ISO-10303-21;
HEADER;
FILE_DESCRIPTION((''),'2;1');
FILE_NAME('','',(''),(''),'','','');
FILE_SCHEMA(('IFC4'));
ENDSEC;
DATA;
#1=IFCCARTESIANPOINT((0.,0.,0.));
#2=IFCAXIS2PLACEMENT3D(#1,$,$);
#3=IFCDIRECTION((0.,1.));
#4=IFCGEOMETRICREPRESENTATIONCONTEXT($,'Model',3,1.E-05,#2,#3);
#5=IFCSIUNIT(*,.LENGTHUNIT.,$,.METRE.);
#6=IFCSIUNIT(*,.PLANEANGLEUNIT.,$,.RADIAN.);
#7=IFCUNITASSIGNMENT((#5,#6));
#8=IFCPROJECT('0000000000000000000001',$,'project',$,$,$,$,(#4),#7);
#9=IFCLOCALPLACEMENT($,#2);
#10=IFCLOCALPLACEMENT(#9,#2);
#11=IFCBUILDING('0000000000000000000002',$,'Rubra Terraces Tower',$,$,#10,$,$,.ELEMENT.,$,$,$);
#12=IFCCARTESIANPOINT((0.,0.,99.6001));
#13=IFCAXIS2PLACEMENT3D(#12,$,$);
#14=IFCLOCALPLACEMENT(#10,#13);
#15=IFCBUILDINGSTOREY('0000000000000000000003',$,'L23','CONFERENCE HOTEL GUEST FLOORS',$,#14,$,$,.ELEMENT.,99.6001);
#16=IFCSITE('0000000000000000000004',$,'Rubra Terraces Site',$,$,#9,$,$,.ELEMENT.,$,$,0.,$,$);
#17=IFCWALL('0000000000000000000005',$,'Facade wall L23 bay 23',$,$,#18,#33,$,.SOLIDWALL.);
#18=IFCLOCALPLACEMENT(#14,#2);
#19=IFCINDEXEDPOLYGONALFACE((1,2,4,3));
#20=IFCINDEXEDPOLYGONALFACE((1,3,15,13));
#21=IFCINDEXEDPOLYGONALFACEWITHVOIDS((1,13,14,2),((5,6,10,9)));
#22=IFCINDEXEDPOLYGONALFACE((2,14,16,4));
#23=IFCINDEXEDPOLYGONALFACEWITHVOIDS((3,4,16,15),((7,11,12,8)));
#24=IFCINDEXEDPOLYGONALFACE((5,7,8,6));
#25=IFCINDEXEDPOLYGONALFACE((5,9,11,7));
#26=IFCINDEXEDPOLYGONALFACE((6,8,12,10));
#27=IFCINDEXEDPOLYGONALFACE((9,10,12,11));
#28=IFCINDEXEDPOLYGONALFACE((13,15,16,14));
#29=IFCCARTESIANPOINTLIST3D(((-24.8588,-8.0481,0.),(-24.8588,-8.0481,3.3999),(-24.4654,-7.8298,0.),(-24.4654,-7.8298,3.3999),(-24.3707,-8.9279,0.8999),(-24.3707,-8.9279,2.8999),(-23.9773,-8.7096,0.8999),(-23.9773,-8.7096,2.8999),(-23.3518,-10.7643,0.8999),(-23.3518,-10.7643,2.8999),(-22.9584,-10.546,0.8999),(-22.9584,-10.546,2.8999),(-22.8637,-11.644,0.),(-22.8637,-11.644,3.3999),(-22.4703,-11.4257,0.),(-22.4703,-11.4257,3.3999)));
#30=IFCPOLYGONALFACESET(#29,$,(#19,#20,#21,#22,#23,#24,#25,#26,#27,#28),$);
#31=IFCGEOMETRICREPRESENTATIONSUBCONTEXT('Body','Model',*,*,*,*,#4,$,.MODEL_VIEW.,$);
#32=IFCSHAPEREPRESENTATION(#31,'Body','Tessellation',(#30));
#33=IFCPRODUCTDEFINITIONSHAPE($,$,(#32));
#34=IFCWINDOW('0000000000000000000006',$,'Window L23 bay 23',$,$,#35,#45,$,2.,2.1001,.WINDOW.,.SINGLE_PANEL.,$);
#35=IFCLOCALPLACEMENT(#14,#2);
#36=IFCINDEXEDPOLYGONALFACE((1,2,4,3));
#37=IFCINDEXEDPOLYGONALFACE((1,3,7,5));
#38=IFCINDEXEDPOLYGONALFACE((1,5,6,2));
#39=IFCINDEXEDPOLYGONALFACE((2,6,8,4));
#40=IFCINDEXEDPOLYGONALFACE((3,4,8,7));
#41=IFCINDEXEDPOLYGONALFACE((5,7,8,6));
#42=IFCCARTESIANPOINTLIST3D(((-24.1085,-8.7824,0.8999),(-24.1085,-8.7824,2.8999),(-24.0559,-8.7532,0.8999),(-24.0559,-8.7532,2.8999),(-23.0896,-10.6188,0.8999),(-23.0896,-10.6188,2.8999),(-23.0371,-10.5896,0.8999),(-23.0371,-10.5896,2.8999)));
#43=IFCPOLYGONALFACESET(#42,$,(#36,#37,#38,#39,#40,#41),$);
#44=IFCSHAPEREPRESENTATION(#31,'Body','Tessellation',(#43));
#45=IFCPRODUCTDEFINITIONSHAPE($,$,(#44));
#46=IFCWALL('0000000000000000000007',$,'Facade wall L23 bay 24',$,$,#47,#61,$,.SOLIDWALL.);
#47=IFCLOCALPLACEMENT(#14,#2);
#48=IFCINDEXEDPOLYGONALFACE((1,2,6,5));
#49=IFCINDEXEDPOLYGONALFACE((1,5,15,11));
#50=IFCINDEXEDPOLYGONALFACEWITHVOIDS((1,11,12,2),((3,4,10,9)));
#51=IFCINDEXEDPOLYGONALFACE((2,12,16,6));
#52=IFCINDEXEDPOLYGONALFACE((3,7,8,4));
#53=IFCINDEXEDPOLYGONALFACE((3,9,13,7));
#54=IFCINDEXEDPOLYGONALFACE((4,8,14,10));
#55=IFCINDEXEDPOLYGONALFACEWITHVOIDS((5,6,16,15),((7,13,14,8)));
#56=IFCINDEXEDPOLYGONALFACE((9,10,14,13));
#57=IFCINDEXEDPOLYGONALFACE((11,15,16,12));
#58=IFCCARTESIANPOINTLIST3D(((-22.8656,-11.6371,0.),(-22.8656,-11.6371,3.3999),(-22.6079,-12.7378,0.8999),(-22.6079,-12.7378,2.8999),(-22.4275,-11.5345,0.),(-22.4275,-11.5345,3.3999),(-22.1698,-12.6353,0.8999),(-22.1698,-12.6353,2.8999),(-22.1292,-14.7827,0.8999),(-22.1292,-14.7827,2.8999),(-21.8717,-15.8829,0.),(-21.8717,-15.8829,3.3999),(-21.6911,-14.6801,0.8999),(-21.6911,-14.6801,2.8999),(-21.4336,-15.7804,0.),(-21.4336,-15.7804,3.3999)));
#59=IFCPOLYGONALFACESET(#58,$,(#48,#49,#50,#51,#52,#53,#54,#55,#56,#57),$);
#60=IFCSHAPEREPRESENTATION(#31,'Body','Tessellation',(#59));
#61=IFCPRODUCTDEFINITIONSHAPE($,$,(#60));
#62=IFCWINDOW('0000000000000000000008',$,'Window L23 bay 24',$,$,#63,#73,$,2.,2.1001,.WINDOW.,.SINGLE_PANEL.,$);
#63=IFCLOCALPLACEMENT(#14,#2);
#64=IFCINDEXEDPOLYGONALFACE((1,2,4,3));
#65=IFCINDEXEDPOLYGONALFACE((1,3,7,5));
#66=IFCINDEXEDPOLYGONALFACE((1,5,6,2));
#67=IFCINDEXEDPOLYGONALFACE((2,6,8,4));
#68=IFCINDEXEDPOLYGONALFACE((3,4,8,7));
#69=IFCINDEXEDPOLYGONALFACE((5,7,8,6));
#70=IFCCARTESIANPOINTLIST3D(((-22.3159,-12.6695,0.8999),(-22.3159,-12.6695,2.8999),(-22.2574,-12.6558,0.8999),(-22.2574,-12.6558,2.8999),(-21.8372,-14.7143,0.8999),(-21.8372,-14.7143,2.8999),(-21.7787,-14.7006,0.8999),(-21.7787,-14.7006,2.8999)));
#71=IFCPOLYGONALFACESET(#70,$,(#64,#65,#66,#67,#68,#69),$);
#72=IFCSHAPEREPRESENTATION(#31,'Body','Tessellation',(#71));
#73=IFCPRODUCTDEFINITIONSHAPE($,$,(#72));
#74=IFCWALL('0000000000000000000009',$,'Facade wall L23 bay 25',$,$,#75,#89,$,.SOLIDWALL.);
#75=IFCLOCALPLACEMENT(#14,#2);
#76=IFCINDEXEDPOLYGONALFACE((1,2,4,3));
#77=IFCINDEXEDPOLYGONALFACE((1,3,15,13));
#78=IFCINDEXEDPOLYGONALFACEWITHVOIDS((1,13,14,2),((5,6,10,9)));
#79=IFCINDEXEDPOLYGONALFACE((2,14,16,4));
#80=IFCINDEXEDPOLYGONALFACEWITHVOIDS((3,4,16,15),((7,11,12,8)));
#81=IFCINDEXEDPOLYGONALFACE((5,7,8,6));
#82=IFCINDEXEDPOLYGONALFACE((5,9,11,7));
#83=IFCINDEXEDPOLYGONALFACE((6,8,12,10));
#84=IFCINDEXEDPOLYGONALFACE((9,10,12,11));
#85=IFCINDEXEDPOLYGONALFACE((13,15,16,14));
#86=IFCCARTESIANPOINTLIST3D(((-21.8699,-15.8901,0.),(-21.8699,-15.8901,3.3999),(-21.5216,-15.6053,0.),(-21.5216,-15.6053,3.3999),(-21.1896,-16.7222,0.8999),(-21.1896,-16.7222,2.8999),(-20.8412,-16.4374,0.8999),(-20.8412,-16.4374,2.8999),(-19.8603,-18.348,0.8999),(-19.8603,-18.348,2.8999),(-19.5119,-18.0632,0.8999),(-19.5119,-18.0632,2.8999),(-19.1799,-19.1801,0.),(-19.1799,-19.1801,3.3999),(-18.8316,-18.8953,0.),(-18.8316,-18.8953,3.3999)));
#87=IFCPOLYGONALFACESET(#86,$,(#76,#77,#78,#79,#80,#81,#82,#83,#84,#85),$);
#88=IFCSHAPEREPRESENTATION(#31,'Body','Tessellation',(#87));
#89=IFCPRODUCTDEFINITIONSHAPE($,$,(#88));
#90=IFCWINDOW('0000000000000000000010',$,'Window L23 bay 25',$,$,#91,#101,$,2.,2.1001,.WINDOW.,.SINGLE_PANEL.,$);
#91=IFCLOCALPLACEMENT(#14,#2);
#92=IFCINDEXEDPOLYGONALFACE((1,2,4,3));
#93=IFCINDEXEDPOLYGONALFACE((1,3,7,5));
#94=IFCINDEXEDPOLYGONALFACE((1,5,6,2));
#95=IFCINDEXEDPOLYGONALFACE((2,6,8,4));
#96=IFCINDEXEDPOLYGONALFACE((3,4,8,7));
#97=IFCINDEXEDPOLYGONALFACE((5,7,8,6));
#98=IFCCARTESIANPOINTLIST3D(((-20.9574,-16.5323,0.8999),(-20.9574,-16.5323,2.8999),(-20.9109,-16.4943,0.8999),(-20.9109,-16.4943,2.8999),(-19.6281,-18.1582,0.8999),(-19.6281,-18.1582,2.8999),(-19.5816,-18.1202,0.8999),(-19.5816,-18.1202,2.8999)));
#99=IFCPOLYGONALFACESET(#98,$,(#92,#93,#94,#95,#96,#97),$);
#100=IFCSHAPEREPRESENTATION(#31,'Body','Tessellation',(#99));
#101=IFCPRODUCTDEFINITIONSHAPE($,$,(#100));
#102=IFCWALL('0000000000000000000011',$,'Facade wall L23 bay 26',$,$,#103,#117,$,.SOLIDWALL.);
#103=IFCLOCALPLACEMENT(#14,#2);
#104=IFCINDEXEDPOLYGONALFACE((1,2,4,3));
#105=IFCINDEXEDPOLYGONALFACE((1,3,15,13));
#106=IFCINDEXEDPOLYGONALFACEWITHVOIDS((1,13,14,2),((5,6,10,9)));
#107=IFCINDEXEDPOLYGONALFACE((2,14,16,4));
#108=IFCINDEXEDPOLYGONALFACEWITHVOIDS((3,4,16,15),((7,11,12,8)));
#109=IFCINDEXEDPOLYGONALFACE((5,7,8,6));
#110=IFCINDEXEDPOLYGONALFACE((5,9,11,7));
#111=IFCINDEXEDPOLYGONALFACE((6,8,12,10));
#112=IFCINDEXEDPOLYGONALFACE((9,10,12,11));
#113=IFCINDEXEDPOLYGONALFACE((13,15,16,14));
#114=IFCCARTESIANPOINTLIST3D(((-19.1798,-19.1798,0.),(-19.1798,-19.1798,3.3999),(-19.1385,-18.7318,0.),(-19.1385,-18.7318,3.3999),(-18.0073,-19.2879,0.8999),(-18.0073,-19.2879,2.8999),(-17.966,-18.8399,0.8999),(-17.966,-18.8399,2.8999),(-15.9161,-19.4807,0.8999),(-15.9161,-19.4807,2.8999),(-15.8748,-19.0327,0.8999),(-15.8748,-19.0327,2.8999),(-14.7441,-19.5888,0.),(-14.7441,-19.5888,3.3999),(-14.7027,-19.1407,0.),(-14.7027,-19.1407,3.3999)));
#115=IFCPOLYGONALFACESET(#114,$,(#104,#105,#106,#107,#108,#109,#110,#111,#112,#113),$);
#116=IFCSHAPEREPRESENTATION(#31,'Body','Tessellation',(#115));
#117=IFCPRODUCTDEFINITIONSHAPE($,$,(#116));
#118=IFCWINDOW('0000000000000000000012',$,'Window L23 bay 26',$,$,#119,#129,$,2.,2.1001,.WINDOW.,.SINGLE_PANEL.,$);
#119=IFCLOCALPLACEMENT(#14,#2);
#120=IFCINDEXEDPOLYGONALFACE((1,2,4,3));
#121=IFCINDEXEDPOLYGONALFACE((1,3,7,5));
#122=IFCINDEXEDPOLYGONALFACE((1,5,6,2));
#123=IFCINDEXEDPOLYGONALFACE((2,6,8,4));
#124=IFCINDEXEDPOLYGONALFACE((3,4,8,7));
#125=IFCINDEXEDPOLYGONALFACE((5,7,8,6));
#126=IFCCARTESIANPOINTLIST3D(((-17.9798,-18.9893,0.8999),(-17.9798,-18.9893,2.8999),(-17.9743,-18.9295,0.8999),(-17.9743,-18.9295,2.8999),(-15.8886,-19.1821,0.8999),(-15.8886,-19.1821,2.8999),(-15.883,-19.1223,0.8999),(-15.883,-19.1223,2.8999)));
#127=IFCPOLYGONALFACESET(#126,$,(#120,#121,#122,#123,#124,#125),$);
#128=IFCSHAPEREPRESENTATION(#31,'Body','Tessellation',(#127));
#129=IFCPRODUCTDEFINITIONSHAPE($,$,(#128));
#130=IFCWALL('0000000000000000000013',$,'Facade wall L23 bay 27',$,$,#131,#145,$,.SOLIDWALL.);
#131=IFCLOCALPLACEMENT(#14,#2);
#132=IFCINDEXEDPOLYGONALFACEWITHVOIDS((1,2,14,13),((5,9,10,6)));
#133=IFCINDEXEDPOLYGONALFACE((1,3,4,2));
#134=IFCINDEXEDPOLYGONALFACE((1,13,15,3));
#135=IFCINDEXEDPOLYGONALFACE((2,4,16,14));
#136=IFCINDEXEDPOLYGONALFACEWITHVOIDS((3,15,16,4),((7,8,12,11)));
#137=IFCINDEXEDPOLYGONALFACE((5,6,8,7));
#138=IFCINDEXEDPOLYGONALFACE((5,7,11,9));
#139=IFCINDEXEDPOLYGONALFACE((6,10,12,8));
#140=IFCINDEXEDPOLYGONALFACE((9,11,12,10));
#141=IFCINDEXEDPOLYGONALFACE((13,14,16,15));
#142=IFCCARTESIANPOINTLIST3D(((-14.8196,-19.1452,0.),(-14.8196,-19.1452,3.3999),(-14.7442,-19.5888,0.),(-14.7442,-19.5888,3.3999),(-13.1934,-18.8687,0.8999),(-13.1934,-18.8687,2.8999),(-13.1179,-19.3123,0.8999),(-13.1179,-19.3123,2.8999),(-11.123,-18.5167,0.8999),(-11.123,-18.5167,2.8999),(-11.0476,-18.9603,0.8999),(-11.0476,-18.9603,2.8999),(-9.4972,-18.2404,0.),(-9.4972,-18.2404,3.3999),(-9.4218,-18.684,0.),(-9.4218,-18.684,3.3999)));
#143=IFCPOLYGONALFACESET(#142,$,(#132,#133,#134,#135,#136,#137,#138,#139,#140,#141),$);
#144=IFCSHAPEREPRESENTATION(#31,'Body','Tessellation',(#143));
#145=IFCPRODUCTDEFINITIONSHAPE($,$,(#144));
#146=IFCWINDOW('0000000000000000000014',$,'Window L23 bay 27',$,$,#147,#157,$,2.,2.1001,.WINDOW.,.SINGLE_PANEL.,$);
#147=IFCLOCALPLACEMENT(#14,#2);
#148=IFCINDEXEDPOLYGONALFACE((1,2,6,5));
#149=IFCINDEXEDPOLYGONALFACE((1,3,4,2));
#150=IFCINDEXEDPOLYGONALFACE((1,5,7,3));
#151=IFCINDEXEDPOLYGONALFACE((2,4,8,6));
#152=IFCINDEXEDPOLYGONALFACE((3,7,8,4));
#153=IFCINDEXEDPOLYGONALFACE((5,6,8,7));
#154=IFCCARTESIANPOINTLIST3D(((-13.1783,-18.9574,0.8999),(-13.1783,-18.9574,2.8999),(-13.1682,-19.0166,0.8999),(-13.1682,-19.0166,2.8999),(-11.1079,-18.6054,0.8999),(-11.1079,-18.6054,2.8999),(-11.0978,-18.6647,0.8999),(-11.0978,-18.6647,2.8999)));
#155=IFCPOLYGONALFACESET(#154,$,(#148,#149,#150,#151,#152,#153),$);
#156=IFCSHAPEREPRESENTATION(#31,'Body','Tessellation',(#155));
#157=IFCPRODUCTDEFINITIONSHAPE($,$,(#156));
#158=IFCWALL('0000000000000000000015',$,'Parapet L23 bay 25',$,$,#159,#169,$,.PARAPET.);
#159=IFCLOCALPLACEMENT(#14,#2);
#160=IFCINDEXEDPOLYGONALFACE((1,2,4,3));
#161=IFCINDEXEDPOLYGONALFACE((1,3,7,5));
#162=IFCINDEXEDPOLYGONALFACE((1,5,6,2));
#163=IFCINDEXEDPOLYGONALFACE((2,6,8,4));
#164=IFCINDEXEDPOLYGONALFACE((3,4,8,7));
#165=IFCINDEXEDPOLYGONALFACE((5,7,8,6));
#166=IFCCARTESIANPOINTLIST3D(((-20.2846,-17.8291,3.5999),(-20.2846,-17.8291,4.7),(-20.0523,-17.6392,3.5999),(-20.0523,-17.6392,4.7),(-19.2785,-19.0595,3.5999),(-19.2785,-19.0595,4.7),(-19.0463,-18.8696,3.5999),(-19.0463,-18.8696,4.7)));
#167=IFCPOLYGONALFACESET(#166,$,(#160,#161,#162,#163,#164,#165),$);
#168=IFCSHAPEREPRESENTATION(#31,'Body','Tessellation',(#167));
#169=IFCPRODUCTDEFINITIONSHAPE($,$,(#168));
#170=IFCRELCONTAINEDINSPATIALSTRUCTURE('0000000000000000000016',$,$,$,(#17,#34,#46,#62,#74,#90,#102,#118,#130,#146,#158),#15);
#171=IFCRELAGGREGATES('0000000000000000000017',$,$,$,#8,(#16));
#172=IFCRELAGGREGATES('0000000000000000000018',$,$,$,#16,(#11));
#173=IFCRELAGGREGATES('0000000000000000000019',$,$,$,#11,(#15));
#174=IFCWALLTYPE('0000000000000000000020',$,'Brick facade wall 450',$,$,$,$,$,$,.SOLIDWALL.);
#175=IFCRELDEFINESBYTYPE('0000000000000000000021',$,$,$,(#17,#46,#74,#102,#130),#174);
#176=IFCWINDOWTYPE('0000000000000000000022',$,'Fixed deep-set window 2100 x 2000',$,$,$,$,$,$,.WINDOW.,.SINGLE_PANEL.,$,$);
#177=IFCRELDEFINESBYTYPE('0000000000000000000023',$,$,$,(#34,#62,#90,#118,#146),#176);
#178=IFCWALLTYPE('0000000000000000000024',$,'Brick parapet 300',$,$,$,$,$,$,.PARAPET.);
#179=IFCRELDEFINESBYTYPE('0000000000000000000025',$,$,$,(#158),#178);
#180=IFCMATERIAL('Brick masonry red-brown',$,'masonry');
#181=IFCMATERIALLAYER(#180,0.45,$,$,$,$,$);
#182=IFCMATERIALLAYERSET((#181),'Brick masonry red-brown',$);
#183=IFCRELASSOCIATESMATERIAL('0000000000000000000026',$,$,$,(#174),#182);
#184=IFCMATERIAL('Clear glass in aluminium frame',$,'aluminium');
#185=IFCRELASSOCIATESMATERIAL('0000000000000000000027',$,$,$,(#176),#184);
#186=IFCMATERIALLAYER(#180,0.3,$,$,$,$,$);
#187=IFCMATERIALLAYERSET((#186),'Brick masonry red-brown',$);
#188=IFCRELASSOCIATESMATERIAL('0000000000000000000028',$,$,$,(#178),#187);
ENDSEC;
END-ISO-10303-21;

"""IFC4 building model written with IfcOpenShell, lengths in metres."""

from ifc_helpers import new_model, si_unit, direction, frame, frame_2d, origin, place, context, subcontext, project, spatial, rectangle, extrude, material, layer, layer_set, type_object, element, fill, save


model = new_model("IFC4")

# Units and contexts
model_context = context("Model", 3, precision=1e-05, world=origin(), true_north=direction((0.0, 1.0)))
body_context = subcontext(model_context, "Body", "Model", "MODEL_VIEW")
ifc_project = project(units=[si_unit("LENGTHUNIT", "METRE"), si_unit("PLANEANGLEUNIT", "RADIAN")], contexts=[model_context])

# Site, building, storey
site_placement = place(None, origin())
site = spatial("IfcSite", under=ifc_project, at=site_placement, Name="Rubra Terraces Site", CompositionType="ELEMENT", RefElevation=0.0)
building_placement = place(site_placement, origin())
building = spatial("IfcBuilding", under=site, at=building_placement, Name="Rubra Terraces Tower", CompositionType="ELEMENT")
storey_placement = place(building_placement, frame((0.0, 0.0, 99.6001)))
storey = spatial("IfcBuildingStorey", under=building, at=storey_placement, Name="L23", Description="CONFERENCE HOTEL GUEST FLOORS", CompositionType="ELEMENT", Elevation=99.6001)

# Walls, openings, windows
ifc_material_1 = material(Name="Brick masonry red-brown", Category="masonry")
ifc_layer_1 = layer(ifc_material_1, 0.45)
ifc_layer_set_1 = layer_set([ifc_layer_1], Name="Brick masonry red-brown")
wall_type_1 = type_object("IfcWallType", Name="Brick facade wall 450", PredefinedType="SOLIDWALL", material=ifc_layer_set_1)
wall_1_placement = place(storey_placement, frame((-24.6621, -7.939, 0.0), z_axis=(0.0, 0.0, 1.0), x_axis=(0.485154, -0.874429, 0.0)))
wall_1 = element("IfcWall", 1, at=wall_1_placement, inside=storey, type_object=wall_type_1, Name="Facade wall L23 bay 23", PredefinedType="SOLIDWALL", context=body_context, shape_type="SweptSolid", body=[
    extrude(rectangle(XDim=4.1123, YDim=0.45, at=frame_2d((2.0562, 0.0))), origin(), (0.0, 0.0, 1.0), 3.3999),
])
opening_1_placement = place(wall_1_placement, frame((1.0061, 0.0, 0.8999)))
opening_1 = element("IfcOpeningElement", 2, at=opening_1_placement, cuts=wall_1, PredefinedType="OPENING", context=body_context, shape_type="SweptSolid", body=[
    extrude(rectangle(XDim=2.1001, YDim=2.0, at=frame_2d((1.05, 1.0))), frame((0.0, 0.2349, 0.0), z_axis=(0.0, -1.0, 0.0), x_axis=(1.0, 0.0, 0.0)), (0.0, 0.0, 1.0), 0.47),
])
ifc_material_2 = material(Name="Clear glass in aluminium frame", Category="aluminium")
window_type = type_object("IfcWindowType", Name="Fixed deep-set window 2100 x 2000", PartitioningType="SINGLE_PANEL", PredefinedType="WINDOW", material=ifc_material_2)
window_1_placement = place(opening_1_placement, origin())
window_1 = element("IfcWindow", 3, at=window_1_placement, inside=storey, type_object=window_type, Name="Window L23 bay 23", OverallHeight=2.0, OverallWidth=2.1001, PartitioningType="SINGLE_PANEL", PredefinedType="WINDOW", context=body_context, shape_type="SweptSolid", body=[
    extrude(rectangle(XDim=2.1001, YDim=2.0, at=frame_2d((1.05, 1.0))), frame((0.0, 0.135, 0.0), z_axis=(0.0, -1.0, 0.0), x_axis=(1.0, 0.0, 0.0)), (0.0, 0.0, 1.0), 0.0601),
])
fill(opening_1, window_1)
wall_2_placement = place(storey_placement, frame((-22.6465, -11.5859, 0.0), z_axis=(0.0, 0.0, 1.0), x_axis=(0.227925, -0.973679, 0.0)))
wall_2 = element("IfcWall", 4, at=wall_2_placement, inside=storey, type_object=wall_type_1, Name="Facade wall L23 bay 24", PredefinedType="SOLIDWALL", context=body_context, shape_type="SweptSolid", body=[
    extrude(rectangle(XDim=4.3606, YDim=0.45, at=frame_2d((2.1802, 0.0))), origin(), (0.0, 0.0, 1.0), 3.3999),
])
opening_2_placement = place(wall_2_placement, frame((1.1304, 0.0, 0.8999)))
opening_2 = element("IfcOpeningElement", 5, at=opening_2_placement, cuts=wall_2, PredefinedType="OPENING", context=body_context, shape_type="SweptSolid", body=[
    extrude(rectangle(XDim=2.1001, YDim=2.0, at=frame_2d((1.05, 1.0))), frame((0.0, 0.2349, 0.0), z_axis=(0.0, -1.0, 0.0), x_axis=(1.0, 0.0, 0.0)), (0.0, 0.0, 1.0), 0.47),
])
window_2_placement = place(opening_2_placement, origin())
window_2 = element("IfcWindow", 6, at=window_2_placement, inside=storey, type_object=window_type, Name="Window L23 bay 24", OverallHeight=2.0, OverallWidth=2.1001, PartitioningType="SINGLE_PANEL", PredefinedType="WINDOW", context=body_context, shape_type="SweptSolid", body=[
    extrude(rectangle(XDim=2.1001, YDim=2.0, at=frame_2d((1.05, 1.0))), frame((0.0, 0.135, 0.0), z_axis=(0.0, -1.0, 0.0), x_axis=(1.0, 0.0, 0.0)), (0.0, 0.0, 1.0), 0.0601),
])
fill(opening_2, window_2)
wall_3_placement = place(storey_placement, frame((-21.6958, -15.7476, 0.0), z_axis=(0.0, 0.0, 1.0), x_axis=(0.632969, -0.774177, 0.0)))
wall_3 = element("IfcWall", 7, at=wall_3_placement, inside=storey, type_object=wall_type_1, Name="Facade wall L23 bay 25", PredefinedType="SOLIDWALL", context=body_context, shape_type="SweptSolid", body=[
    extrude(rectangle(XDim=4.2498, YDim=0.45, at=frame_2d((2.125, 0.0))), origin(), (0.0, 0.0, 1.0), 3.3999),
])
opening_3_placement = place(wall_3_placement, frame((1.075, 0.0, 0.8999)))
opening_3 = element("IfcOpeningElement", 8, at=opening_3_placement, cuts=wall_3, PredefinedType="OPENING", context=body_context, shape_type="SweptSolid", body=[
    extrude(rectangle(XDim=2.1001, YDim=2.0, at=frame_2d((1.05, 1.0))), frame((0.0, 0.2349, 0.0), z_axis=(0.0, -1.0, 0.0), x_axis=(1.0, 0.0, 0.0)), (0.0, 0.0, 1.0), 0.47),
])
window_3_placement = place(opening_3_placement, origin())
window_3 = element("IfcWindow", 9, at=window_3_placement, inside=storey, type_object=window_type, Name="Window L23 bay 25", OverallHeight=2.0, OverallWidth=2.1001, PartitioningType="SINGLE_PANEL", PredefinedType="WINDOW", context=body_context, shape_type="SweptSolid", body=[
    extrude(rectangle(XDim=2.1001, YDim=2.0, at=frame_2d((1.05, 1.0))), frame((0.0, 0.135, 0.0), z_axis=(0.0, -1.0, 0.0), x_axis=(1.0, 0.0, 0.0)), (0.0, 0.0, 1.0), 0.0601),
])
fill(opening_3, window_3)
wall_4_placement = place(storey_placement, frame((-19.1592, -18.9558, 0.0), z_axis=(0.0, 0.0, 1.0), x_axis=(0.995777, -0.091801, 0.0)))
wall_4 = element("IfcWall", 10, at=wall_4_placement, inside=storey, type_object=wall_type_1, Name="Facade wall L23 bay 26", PredefinedType="SOLIDWALL", context=body_context, shape_type="SweptSolid", body=[
    extrude(rectangle(XDim=4.4546, YDim=0.45, at=frame_2d((2.2273, 0.0))), origin(), (0.0, 0.0, 1.0), 3.3999),
])
opening_4_placement = place(wall_4_placement, frame((1.1775, 0.0, 0.8999)))
opening_4 = element("IfcOpeningElement", 11, at=opening_4_placement, cuts=wall_4, PredefinedType="OPENING", context=body_context, shape_type="SweptSolid", body=[
    extrude(rectangle(XDim=2.1001, YDim=2.0, at=frame_2d((1.05, 1.0))), frame((0.0, 0.2349, 0.0), z_axis=(0.0, -1.0, 0.0), x_axis=(1.0, 0.0, 0.0)), (0.0, 0.0, 1.0), 0.47),
])
window_4_placement = place(opening_4_placement, origin())
window_4 = element("IfcWindow", 12, at=window_4_placement, inside=storey, type_object=window_type, Name="Window L23 bay 26", OverallHeight=2.0, OverallWidth=2.1001, PartitioningType="SINGLE_PANEL", PredefinedType="WINDOW", context=body_context, shape_type="SweptSolid", body=[
    extrude(rectangle(XDim=2.1001, YDim=2.0, at=frame_2d((1.05, 1.0))), frame((0.0, 0.135, 0.0), z_axis=(0.0, -1.0, 0.0), x_axis=(1.0, 0.0, 0.0)), (0.0, 0.0, 1.0), 0.0601),
])
fill(opening_4, window_4)
wall_5_placement = place(storey_placement, frame((-14.7817, -19.3669, 0.0), z_axis=(0.0, 0.0, 1.0), x_axis=(0.985856, 0.167595, 0.0)))
wall_5 = element("IfcWall", 13, at=wall_5_placement, inside=storey, type_object=wall_type_1, Name="Facade wall L23 bay 27", PredefinedType="SOLIDWALL", context=body_context, shape_type="SweptSolid", body=[
    extrude(rectangle(XDim=5.3987, YDim=0.45, at=frame_2d((2.6992, 0.0))), origin(), (0.0, 0.0, 1.0), 3.3999),
])
opening_5_placement = place(wall_5_placement, frame((1.6494, 0.0, 0.8999)))
opening_5 = element("IfcOpeningElement", 14, at=opening_5_placement, cuts=wall_5, PredefinedType="OPENING", context=body_context, shape_type="SweptSolid", body=[
    extrude(rectangle(XDim=2.1001, YDim=2.0, at=frame_2d((1.05, 1.0))), frame((0.0, 0.2349, 0.0), z_axis=(0.0, -1.0, 0.0), x_axis=(1.0, 0.0, 0.0)), (0.0, 0.0, 1.0), 0.47),
])
window_5_placement = place(opening_5_placement, origin())
window_5 = element("IfcWindow", 15, at=window_5_placement, inside=storey, type_object=window_type, Name="Window L23 bay 27", OverallHeight=2.0, OverallWidth=2.1001, PartitioningType="SINGLE_PANEL", PredefinedType="WINDOW", context=body_context, shape_type="SweptSolid", body=[
    extrude(rectangle(XDim=2.1001, YDim=2.0, at=frame_2d((1.05, 1.0))), frame((0.0, 0.135, 0.0), z_axis=(0.0, -1.0, 0.0), x_axis=(1.0, 0.0, 0.0)), (0.0, 0.0, 1.0), 0.0601),
])
fill(opening_5, window_5)

# Wall
ifc_layer_2 = layer(ifc_material_1, 0.3)
ifc_layer_set_2 = layer_set([ifc_layer_2], Name="Brick masonry red-brown")
wall_type_2 = type_object("IfcWallType", Name="Brick parapet 300", PredefinedType="PARAPET", material=ifc_layer_set_2)
wall_6_placement = place(storey_placement, frame((-20.1685, -17.7341, 3.5999), z_axis=(0.0, 0.0, 1.0), x_axis=(0.632995, -0.774156, 0.0)))
element("IfcWall", 16, at=wall_6_placement, inside=storey, type_object=wall_type_2, Name="Parapet L23 bay 25", PredefinedType="PARAPET", context=body_context, shape_type="SweptSolid", body=[
    extrude(rectangle(XDim=1.5894, YDim=0.3, at=frame_2d((0.7947, 0.0))), origin(), (0.0, 0.0, 1.0), 1.1001),
])

save(model, "model.ifc")
